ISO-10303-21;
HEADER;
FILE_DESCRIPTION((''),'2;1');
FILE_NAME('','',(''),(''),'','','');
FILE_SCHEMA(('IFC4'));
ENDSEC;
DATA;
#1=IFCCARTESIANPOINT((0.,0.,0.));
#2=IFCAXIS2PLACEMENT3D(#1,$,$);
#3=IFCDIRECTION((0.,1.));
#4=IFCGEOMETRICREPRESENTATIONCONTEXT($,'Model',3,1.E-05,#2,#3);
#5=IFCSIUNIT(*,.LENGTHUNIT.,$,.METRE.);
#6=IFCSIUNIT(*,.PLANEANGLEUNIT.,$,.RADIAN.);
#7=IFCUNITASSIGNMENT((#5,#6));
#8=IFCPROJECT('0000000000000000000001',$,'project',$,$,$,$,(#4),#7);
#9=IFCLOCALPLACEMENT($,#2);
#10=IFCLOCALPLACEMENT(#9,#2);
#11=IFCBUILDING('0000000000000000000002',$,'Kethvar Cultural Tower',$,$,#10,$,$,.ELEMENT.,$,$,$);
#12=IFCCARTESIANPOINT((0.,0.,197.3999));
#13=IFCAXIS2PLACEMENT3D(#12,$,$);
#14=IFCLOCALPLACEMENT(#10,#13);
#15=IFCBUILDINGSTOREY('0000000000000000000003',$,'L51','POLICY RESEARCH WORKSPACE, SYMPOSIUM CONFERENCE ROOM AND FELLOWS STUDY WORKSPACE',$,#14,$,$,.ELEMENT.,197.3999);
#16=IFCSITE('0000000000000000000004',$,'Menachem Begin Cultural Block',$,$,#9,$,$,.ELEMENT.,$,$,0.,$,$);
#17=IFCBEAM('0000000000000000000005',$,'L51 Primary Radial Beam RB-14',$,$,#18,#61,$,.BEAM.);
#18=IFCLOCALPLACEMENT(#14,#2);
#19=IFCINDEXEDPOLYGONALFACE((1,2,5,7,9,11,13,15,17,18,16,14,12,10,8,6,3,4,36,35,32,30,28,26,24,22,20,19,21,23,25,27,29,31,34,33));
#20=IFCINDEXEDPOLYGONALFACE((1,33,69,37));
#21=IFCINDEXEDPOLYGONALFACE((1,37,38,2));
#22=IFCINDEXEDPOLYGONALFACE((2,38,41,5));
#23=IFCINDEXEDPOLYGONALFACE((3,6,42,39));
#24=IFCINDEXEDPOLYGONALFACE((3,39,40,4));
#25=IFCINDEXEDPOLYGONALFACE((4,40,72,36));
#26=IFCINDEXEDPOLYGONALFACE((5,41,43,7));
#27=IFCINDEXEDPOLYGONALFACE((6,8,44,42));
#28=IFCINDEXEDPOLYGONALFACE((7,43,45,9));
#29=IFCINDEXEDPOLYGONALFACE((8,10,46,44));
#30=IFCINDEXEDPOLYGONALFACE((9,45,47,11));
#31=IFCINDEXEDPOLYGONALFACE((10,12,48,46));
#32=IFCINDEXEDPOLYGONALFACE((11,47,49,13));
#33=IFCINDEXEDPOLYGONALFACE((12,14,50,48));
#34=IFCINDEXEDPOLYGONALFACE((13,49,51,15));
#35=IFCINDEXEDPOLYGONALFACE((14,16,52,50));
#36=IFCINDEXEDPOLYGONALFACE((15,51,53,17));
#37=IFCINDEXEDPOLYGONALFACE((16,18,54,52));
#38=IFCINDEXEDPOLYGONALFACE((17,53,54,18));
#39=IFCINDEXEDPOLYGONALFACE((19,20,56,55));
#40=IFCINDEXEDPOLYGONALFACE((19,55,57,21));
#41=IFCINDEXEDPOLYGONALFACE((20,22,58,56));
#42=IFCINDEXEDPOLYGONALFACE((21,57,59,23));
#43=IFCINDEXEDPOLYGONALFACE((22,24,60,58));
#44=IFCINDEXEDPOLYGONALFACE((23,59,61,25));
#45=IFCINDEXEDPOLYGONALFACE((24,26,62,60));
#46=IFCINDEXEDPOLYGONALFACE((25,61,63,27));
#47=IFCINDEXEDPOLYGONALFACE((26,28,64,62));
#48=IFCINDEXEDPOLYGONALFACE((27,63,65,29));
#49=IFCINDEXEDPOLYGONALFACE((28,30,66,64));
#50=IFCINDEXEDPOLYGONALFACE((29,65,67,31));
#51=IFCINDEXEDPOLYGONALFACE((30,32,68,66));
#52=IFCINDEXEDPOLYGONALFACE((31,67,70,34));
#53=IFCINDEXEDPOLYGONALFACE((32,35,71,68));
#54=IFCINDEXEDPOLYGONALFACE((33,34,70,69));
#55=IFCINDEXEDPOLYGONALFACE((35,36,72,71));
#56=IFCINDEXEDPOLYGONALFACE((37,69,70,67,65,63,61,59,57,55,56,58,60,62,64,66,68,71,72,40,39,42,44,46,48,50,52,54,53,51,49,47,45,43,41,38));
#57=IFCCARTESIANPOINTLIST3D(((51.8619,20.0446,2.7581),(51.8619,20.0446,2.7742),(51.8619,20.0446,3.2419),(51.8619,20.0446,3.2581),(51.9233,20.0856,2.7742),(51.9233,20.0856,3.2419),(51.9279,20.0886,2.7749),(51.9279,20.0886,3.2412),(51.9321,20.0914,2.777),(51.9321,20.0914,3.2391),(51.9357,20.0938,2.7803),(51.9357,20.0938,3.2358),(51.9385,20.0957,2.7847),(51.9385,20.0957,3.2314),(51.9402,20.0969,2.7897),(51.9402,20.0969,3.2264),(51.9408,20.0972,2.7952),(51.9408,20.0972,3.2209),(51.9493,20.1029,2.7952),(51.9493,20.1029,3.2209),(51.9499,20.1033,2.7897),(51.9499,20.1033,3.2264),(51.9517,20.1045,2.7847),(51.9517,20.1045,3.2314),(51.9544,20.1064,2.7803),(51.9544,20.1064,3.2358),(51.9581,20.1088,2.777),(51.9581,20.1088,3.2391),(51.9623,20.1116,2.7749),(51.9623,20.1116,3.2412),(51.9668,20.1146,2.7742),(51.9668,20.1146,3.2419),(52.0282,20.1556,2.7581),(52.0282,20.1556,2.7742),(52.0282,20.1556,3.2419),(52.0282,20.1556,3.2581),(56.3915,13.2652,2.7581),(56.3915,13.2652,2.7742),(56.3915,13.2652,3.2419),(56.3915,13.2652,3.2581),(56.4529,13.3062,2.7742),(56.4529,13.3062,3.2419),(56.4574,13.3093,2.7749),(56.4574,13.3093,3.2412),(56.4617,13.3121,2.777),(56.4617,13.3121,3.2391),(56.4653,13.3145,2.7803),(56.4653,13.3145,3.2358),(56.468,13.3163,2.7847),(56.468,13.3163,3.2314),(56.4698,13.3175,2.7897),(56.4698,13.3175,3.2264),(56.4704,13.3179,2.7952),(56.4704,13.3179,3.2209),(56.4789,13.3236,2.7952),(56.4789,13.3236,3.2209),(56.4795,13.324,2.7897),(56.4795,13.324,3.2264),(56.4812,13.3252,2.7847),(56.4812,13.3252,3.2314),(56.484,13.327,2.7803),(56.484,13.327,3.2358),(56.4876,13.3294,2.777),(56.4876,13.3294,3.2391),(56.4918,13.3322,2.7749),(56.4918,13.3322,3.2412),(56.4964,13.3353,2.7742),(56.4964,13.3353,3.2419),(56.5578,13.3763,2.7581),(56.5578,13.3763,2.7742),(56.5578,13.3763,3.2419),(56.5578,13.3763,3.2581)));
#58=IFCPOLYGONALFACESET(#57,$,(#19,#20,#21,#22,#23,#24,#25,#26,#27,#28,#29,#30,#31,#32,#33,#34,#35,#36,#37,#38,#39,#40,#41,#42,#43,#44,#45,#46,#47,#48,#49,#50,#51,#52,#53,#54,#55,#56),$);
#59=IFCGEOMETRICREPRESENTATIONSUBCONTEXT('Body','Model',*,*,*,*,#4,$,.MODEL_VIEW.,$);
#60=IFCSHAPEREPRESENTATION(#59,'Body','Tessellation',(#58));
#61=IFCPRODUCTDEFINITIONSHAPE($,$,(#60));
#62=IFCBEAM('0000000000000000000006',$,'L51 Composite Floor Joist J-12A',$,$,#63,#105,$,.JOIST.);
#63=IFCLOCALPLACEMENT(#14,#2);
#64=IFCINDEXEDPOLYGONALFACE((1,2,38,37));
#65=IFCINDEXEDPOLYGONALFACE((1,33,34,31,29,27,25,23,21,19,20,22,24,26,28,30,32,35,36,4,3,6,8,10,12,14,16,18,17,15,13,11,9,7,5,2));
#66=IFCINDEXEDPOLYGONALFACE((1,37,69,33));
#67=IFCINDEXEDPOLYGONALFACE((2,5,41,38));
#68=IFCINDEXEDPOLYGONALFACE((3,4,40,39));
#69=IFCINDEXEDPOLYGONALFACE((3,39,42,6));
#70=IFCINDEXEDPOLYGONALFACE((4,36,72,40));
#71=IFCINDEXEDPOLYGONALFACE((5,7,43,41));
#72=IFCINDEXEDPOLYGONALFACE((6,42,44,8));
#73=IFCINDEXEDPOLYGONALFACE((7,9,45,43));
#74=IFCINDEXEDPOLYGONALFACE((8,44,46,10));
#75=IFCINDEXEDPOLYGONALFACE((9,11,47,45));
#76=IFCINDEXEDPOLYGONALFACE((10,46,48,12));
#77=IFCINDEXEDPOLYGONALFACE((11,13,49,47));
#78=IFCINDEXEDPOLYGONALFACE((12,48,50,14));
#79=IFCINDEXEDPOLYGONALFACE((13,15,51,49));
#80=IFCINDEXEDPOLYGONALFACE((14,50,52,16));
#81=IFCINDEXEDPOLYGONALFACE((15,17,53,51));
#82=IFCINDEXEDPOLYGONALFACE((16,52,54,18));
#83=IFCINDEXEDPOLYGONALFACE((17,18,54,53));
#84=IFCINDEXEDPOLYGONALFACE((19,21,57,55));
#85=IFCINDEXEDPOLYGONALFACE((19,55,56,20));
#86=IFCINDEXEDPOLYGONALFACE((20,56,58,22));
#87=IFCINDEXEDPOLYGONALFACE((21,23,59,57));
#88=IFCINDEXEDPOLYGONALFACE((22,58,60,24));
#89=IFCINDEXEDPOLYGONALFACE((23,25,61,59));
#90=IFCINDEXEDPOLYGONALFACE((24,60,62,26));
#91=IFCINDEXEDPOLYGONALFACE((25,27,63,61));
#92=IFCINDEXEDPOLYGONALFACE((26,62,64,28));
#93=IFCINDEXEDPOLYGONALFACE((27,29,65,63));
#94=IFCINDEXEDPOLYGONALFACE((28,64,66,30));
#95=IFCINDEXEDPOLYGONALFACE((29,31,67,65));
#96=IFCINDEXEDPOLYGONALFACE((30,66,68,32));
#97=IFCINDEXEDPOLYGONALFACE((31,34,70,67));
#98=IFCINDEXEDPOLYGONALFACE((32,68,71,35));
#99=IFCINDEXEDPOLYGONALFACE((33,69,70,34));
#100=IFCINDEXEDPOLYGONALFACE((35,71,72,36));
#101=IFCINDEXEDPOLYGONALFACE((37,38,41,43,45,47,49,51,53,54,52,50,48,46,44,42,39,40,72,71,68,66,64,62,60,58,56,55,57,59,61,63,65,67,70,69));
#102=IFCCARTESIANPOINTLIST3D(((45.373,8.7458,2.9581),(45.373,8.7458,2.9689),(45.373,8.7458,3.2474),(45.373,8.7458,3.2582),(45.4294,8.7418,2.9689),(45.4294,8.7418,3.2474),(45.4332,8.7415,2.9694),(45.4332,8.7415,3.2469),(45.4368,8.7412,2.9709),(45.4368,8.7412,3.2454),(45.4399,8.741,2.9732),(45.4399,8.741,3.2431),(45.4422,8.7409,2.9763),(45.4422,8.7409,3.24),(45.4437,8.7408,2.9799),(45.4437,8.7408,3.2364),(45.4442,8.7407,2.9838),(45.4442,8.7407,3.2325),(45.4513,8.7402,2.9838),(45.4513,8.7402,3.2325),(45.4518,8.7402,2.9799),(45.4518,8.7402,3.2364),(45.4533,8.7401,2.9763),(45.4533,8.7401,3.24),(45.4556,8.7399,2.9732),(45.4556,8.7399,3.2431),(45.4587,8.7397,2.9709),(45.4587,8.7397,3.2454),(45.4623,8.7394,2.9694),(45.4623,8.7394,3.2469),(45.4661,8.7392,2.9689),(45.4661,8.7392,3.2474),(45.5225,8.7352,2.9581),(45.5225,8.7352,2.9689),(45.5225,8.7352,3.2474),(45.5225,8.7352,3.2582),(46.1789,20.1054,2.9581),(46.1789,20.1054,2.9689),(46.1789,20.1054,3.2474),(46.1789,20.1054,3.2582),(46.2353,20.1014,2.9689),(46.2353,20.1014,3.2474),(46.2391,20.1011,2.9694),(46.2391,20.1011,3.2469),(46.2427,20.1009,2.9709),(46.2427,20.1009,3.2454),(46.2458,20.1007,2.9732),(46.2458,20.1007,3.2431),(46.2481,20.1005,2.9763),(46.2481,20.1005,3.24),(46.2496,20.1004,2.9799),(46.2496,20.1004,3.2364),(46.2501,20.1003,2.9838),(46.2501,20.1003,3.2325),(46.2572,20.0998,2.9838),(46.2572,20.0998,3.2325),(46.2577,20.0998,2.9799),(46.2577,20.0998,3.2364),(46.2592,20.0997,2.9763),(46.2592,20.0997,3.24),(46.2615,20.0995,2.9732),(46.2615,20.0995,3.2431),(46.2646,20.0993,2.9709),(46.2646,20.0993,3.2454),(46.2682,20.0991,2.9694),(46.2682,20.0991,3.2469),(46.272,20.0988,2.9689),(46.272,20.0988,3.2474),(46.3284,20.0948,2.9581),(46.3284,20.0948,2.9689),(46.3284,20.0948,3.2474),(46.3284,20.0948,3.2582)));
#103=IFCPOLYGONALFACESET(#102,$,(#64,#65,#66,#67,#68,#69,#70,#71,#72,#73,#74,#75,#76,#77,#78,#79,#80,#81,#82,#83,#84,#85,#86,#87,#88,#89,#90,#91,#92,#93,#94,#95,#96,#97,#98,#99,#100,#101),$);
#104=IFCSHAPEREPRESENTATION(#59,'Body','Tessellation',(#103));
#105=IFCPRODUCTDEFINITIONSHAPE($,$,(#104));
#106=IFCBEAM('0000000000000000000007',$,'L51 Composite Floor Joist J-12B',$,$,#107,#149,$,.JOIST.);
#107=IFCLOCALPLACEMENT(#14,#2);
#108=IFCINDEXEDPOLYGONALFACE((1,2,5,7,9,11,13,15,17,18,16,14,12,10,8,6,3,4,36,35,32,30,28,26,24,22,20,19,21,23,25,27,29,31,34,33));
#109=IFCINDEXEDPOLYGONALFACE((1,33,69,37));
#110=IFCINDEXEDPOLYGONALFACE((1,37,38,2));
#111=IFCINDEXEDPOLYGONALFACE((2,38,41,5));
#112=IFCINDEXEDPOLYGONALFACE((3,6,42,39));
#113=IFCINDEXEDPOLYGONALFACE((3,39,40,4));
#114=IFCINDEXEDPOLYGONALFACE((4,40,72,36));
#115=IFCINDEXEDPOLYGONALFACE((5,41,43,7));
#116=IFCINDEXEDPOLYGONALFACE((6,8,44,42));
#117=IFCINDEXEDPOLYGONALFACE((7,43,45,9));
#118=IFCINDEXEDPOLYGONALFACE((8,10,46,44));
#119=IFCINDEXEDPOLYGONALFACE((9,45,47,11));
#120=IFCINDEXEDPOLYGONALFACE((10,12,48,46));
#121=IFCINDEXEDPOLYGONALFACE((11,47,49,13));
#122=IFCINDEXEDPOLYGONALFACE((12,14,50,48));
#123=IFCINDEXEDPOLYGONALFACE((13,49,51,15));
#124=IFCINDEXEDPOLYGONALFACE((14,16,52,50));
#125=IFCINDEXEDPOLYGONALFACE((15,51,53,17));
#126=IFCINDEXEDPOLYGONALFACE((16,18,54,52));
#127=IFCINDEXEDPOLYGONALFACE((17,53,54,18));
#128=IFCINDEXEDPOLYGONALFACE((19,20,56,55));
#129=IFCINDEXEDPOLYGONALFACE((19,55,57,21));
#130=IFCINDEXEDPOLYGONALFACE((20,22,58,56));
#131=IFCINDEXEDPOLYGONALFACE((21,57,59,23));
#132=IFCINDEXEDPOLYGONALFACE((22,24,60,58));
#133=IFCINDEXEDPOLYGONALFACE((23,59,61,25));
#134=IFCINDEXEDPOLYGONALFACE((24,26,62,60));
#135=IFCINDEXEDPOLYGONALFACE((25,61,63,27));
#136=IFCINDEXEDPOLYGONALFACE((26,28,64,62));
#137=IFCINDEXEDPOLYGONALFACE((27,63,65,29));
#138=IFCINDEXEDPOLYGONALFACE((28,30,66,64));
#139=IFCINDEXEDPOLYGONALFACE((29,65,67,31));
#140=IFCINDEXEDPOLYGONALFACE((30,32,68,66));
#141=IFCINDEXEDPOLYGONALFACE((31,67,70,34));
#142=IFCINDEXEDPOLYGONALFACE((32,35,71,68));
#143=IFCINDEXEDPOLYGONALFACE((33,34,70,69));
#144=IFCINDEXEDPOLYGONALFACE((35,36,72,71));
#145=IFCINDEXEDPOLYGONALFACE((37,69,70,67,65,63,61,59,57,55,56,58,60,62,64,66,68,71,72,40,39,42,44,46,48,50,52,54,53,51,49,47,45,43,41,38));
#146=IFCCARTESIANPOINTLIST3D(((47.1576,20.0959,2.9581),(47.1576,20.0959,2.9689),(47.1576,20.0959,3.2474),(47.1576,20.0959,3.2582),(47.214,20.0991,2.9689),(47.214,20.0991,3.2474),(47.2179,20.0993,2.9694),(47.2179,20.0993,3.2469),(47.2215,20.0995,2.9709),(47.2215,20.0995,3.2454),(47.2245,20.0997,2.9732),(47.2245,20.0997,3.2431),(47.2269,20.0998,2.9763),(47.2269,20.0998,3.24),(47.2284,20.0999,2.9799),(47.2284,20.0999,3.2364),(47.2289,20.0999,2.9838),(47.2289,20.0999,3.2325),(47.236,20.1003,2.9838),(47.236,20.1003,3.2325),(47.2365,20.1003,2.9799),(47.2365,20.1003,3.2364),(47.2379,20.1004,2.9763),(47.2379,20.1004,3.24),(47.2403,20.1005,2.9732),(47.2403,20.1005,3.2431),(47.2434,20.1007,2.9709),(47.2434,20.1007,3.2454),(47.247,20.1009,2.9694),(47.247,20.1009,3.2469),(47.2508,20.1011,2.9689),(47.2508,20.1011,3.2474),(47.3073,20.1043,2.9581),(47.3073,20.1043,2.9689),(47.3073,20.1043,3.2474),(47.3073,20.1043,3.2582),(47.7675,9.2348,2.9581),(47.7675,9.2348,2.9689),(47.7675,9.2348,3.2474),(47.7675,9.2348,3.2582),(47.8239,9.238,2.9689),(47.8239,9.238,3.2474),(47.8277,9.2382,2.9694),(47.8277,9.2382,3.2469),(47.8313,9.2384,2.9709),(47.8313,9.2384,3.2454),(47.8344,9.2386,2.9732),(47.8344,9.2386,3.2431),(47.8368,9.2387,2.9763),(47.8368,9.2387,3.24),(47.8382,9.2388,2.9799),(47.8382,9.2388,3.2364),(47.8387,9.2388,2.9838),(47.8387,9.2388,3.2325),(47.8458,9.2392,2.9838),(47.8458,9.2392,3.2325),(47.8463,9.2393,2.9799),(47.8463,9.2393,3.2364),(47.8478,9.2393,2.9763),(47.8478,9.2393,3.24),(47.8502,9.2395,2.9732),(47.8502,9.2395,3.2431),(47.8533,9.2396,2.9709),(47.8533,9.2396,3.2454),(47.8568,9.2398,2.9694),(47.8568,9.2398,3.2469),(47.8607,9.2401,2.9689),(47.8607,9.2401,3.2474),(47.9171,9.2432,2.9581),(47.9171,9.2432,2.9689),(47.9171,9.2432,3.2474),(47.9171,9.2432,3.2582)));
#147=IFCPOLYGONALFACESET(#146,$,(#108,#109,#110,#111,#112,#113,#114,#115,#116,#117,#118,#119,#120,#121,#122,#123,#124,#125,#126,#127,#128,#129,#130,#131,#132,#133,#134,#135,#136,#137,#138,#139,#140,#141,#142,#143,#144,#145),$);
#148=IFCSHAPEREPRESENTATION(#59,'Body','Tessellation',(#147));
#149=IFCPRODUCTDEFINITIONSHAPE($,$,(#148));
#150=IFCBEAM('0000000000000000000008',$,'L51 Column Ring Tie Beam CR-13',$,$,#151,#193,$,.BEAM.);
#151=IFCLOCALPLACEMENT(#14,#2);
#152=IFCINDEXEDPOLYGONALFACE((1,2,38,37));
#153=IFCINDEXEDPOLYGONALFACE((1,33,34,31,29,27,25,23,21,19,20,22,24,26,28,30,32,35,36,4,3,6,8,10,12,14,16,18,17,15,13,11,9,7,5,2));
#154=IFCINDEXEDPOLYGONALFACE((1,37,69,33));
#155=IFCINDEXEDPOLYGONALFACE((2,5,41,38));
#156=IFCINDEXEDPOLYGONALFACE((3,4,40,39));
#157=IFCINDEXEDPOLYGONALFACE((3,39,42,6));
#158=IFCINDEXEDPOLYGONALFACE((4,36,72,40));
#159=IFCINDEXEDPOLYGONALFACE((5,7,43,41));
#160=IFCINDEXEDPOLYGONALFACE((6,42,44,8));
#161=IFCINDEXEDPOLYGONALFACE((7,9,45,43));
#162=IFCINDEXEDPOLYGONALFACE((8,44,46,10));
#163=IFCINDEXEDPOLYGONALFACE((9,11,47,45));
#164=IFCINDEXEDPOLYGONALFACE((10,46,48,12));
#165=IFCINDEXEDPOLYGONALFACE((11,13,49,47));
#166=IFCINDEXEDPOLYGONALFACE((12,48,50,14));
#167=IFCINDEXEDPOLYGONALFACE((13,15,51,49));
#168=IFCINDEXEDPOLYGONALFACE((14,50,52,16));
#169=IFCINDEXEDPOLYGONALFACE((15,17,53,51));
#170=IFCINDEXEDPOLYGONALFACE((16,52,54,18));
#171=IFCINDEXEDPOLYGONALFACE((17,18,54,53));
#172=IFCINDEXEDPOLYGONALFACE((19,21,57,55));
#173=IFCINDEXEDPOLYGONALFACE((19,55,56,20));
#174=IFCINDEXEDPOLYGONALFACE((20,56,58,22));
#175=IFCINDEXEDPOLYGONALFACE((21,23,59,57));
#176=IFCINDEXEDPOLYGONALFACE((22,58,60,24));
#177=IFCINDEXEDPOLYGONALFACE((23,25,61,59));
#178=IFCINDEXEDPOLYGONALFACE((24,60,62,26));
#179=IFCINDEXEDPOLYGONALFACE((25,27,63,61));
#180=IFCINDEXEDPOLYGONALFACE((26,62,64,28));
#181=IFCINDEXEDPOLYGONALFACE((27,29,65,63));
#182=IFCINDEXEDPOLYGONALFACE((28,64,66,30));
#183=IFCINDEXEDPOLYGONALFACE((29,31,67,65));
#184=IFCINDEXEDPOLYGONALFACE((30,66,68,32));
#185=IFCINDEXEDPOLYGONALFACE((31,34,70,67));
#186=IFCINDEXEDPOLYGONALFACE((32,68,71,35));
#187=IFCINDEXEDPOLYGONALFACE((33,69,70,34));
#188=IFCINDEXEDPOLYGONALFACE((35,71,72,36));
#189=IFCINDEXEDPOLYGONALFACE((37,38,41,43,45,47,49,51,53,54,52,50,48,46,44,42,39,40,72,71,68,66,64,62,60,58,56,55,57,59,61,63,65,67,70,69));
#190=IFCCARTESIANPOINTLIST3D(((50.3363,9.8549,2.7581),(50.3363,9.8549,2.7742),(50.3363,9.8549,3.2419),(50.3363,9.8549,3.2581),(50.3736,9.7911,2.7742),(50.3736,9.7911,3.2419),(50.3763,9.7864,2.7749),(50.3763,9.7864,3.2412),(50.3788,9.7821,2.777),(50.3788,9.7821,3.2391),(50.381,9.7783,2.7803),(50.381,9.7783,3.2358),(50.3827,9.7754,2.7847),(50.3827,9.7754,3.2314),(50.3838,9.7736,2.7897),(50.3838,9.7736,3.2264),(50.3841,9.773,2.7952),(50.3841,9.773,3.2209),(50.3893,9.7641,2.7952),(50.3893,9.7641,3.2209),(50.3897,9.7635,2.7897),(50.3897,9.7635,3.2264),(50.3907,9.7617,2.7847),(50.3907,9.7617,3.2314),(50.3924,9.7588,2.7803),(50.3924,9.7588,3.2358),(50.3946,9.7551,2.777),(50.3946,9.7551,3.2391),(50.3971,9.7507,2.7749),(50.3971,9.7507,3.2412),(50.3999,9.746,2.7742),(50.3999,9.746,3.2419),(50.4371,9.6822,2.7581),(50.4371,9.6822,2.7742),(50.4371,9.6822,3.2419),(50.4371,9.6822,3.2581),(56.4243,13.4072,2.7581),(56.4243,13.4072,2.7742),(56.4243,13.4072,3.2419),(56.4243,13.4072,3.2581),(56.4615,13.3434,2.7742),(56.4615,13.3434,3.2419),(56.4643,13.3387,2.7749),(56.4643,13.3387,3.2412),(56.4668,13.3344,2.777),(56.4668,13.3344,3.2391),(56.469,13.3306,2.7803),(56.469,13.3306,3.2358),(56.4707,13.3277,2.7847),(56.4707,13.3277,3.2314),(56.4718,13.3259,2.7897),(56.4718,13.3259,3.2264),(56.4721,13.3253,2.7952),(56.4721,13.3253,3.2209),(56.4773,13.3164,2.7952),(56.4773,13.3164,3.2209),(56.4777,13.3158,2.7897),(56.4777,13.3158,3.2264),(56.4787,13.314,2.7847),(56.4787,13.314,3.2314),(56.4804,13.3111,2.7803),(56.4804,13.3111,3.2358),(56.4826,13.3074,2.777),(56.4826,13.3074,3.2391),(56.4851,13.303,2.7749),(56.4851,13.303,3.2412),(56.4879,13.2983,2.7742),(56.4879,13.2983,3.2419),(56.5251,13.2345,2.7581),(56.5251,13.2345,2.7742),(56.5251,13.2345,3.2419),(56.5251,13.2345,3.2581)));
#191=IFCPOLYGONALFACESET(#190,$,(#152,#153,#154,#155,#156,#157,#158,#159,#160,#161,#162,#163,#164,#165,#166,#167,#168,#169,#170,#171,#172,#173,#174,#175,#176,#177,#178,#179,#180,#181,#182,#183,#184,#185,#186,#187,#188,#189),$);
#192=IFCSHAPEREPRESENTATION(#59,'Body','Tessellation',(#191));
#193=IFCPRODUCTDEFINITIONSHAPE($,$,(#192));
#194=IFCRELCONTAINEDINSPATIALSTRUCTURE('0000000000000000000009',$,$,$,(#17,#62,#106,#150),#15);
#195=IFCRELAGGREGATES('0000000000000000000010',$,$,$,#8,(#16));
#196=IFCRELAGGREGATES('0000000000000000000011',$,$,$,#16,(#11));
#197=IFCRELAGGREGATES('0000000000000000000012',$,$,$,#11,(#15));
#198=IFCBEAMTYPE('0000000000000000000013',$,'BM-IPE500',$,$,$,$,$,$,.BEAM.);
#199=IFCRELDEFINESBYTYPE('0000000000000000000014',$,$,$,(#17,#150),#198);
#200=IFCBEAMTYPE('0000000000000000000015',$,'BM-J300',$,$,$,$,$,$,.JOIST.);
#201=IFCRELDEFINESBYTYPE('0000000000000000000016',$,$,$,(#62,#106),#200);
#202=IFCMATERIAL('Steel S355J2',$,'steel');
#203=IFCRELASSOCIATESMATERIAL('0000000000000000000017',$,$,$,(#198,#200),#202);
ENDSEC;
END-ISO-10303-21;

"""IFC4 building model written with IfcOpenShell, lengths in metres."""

from ifc_helpers import new_model, si_unit, direction, frame, origin, origin_2d, place, context, subcontext, project, spatial, i_section, extrude, source, transform, mapped, material, material_profile, profile_set, type_object, element, save


model = new_model("IFC4")

# Units and contexts
model_context = context("Model", 3, precision=1e-05, world=origin(), true_north=direction((0.0, 1.0)))
body_context = subcontext(model_context, "Body", "Model", "MODEL_VIEW")
ifc_project = project(units=[si_unit("LENGTHUNIT", "METRE"), si_unit("PLANEANGLEUNIT", "RADIAN")], contexts=[model_context])

# Site, building, storey
site_placement = place(None, origin())
site = spatial("IfcSite", under=ifc_project, at=site_placement, Name="Menachem Begin Cultural Block", CompositionType="ELEMENT", RefElevation=0.0)
building_placement = place(site_placement, origin())
building = spatial("IfcBuilding", under=site, at=building_placement, Name="Kethvar Cultural Tower", CompositionType="ELEMENT")
storey_placement = place(building_placement, frame((0.0, 0.0, 197.3999)))
storey = spatial("IfcBuildingStorey", under=building, at=storey_placement, Name="L51", Description="POLICY RESEARCH WORKSPACE, SYMPOSIUM CONFERENCE ROOM AND FELLOWS STUDY WORKSPACE", CompositionType="ELEMENT", Elevation=197.3999)

# Beams
ifc_material_1 = material(Name="Steel S355J2", Category="steel")
ifc_material_profile_1 = material_profile(ifc_material_1, i_section(OverallWidth=0.2, OverallDepth=0.5, WebThickness=0.0103, FlangeThickness=0.0161, FilletRadius=0.021, at=origin_2d()), Name="Steel S355J2 — IPE500")
ifc_profile_set_1 = profile_set([ifc_material_profile_1], Name="Steel S355J2 — IPE500")
beam_type_1 = type_object("IfcBeamType", Name="BM-IPE500", PredefinedType="BEAM", material=ifc_profile_set_1)
shared_shape_1 = source(origin(), body_context, "Body", "SweptSolid", [
    extrude(i_section(OverallWidth=0.2, OverallDepth=0.5, WebThickness=0.0103, FlangeThickness=0.0161, FilletRadius=0.021, at=origin_2d()), origin(), (0.0, 0.0, 1.0), 8.1533),
])
beam_1_placement = place(storey_placement, frame((51.9451, 20.1001, 3.0081), z_axis=(0.55555, -0.831483, 0.0), x_axis=(0.831483, 0.55555, 0.0)))
element("IfcBeam", 1, at=beam_1_placement, inside=storey, type_object=beam_type_1, Name="L51 Primary Radial Beam RB-14", PredefinedType="BEAM", context=body_context, shape_type="MappedRepresentation", body=[
    mapped(shared_shape_1, transform((0.0, 0.0, 0.0), scale=1.0)),
])
ifc_material_profile_2 = material_profile(ifc_material_1, i_section(OverallWidth=0.1499, OverallDepth=0.3, WebThickness=0.0071, FlangeThickness=0.0107, FilletRadius=0.0149, at=origin_2d()), Name="Steel S355J2 — IPE300")
ifc_profile_set_2 = profile_set([ifc_material_profile_2], Name="Steel S355J2 — IPE300")
beam_type_2 = type_object("IfcBeamType", Name="BM-J300", PredefinedType="JOIST", material=ifc_profile_set_2)
shared_shape_2 = source(origin(), body_context, "Body", "SweptSolid", [
    extrude(i_section(OverallWidth=0.1499, OverallDepth=0.3, WebThickness=0.0071, FlangeThickness=0.0107, FilletRadius=0.0149, at=origin_2d()), origin(), (0.0, 0.0, 1.0), 11.3882),
])
beam_2_placement = place(storey_placement, frame((46.2537, 20.1001, 3.1082), z_axis=(-0.070767, -0.997493, 0.0), x_axis=(0.997493, -0.070767, 0.0)))
element("IfcBeam", 2, at=beam_2_placement, inside=storey, type_object=beam_type_2, Name="L51 Composite Floor Joist J-12A", PredefinedType="JOIST", context=body_context, shape_type="MappedRepresentation", body=[
    mapped(shared_shape_2, transform((0.0, 0.0, 0.0), scale=1.0)),
])
shared_shape_3 = source(origin(), body_context, "Body", "SweptSolid", [
    extrude(i_section(OverallWidth=0.1499, OverallDepth=0.3, WebThickness=0.0071, FlangeThickness=0.0107, FilletRadius=0.0149, at=origin_2d()), origin(), (0.0, 0.0, 1.0), 10.8782),
])
beam_3_placement = place(storey_placement, frame((47.2324, 20.1001, 3.1082), z_axis=(0.056063, -0.998427, 0.0), x_axis=(0.998427, 0.056063, 0.0)))
element("IfcBeam", 3, at=beam_3_placement, inside=storey, type_object=beam_type_2, Name="L51 Composite Floor Joist J-12B", PredefinedType="JOIST", context=body_context, shape_type="MappedRepresentation", body=[
    mapped(shared_shape_3, transform((0.0, 0.0, 0.0), scale=1.0)),
])
shared_shape_4 = source(origin(), body_context, "Body", "SweptSolid", [
    extrude(i_section(OverallWidth=0.2, OverallDepth=0.5, WebThickness=0.0103, FlangeThickness=0.0161, FilletRadius=0.021, at=origin_2d()), origin(), (0.0, 0.0, 1.0), 7.0486),
])
beam_4_placement = place(storey_placement, frame((50.3867, 9.7686, 3.0081), z_axis=(0.863719, 0.503974, 0.0), x_axis=(-0.503974, 0.863719, 0.0)))
element("IfcBeam", 4, at=beam_4_placement, inside=storey, type_object=beam_type_1, Name="L51 Column Ring Tie Beam CR-13", PredefinedType="BEAM", context=body_context, shape_type="MappedRepresentation", body=[
    mapped(shared_shape_4, transform((0.0, 0.0, 0.0), scale=1.0)),
])

save(model, "model.ifc")
